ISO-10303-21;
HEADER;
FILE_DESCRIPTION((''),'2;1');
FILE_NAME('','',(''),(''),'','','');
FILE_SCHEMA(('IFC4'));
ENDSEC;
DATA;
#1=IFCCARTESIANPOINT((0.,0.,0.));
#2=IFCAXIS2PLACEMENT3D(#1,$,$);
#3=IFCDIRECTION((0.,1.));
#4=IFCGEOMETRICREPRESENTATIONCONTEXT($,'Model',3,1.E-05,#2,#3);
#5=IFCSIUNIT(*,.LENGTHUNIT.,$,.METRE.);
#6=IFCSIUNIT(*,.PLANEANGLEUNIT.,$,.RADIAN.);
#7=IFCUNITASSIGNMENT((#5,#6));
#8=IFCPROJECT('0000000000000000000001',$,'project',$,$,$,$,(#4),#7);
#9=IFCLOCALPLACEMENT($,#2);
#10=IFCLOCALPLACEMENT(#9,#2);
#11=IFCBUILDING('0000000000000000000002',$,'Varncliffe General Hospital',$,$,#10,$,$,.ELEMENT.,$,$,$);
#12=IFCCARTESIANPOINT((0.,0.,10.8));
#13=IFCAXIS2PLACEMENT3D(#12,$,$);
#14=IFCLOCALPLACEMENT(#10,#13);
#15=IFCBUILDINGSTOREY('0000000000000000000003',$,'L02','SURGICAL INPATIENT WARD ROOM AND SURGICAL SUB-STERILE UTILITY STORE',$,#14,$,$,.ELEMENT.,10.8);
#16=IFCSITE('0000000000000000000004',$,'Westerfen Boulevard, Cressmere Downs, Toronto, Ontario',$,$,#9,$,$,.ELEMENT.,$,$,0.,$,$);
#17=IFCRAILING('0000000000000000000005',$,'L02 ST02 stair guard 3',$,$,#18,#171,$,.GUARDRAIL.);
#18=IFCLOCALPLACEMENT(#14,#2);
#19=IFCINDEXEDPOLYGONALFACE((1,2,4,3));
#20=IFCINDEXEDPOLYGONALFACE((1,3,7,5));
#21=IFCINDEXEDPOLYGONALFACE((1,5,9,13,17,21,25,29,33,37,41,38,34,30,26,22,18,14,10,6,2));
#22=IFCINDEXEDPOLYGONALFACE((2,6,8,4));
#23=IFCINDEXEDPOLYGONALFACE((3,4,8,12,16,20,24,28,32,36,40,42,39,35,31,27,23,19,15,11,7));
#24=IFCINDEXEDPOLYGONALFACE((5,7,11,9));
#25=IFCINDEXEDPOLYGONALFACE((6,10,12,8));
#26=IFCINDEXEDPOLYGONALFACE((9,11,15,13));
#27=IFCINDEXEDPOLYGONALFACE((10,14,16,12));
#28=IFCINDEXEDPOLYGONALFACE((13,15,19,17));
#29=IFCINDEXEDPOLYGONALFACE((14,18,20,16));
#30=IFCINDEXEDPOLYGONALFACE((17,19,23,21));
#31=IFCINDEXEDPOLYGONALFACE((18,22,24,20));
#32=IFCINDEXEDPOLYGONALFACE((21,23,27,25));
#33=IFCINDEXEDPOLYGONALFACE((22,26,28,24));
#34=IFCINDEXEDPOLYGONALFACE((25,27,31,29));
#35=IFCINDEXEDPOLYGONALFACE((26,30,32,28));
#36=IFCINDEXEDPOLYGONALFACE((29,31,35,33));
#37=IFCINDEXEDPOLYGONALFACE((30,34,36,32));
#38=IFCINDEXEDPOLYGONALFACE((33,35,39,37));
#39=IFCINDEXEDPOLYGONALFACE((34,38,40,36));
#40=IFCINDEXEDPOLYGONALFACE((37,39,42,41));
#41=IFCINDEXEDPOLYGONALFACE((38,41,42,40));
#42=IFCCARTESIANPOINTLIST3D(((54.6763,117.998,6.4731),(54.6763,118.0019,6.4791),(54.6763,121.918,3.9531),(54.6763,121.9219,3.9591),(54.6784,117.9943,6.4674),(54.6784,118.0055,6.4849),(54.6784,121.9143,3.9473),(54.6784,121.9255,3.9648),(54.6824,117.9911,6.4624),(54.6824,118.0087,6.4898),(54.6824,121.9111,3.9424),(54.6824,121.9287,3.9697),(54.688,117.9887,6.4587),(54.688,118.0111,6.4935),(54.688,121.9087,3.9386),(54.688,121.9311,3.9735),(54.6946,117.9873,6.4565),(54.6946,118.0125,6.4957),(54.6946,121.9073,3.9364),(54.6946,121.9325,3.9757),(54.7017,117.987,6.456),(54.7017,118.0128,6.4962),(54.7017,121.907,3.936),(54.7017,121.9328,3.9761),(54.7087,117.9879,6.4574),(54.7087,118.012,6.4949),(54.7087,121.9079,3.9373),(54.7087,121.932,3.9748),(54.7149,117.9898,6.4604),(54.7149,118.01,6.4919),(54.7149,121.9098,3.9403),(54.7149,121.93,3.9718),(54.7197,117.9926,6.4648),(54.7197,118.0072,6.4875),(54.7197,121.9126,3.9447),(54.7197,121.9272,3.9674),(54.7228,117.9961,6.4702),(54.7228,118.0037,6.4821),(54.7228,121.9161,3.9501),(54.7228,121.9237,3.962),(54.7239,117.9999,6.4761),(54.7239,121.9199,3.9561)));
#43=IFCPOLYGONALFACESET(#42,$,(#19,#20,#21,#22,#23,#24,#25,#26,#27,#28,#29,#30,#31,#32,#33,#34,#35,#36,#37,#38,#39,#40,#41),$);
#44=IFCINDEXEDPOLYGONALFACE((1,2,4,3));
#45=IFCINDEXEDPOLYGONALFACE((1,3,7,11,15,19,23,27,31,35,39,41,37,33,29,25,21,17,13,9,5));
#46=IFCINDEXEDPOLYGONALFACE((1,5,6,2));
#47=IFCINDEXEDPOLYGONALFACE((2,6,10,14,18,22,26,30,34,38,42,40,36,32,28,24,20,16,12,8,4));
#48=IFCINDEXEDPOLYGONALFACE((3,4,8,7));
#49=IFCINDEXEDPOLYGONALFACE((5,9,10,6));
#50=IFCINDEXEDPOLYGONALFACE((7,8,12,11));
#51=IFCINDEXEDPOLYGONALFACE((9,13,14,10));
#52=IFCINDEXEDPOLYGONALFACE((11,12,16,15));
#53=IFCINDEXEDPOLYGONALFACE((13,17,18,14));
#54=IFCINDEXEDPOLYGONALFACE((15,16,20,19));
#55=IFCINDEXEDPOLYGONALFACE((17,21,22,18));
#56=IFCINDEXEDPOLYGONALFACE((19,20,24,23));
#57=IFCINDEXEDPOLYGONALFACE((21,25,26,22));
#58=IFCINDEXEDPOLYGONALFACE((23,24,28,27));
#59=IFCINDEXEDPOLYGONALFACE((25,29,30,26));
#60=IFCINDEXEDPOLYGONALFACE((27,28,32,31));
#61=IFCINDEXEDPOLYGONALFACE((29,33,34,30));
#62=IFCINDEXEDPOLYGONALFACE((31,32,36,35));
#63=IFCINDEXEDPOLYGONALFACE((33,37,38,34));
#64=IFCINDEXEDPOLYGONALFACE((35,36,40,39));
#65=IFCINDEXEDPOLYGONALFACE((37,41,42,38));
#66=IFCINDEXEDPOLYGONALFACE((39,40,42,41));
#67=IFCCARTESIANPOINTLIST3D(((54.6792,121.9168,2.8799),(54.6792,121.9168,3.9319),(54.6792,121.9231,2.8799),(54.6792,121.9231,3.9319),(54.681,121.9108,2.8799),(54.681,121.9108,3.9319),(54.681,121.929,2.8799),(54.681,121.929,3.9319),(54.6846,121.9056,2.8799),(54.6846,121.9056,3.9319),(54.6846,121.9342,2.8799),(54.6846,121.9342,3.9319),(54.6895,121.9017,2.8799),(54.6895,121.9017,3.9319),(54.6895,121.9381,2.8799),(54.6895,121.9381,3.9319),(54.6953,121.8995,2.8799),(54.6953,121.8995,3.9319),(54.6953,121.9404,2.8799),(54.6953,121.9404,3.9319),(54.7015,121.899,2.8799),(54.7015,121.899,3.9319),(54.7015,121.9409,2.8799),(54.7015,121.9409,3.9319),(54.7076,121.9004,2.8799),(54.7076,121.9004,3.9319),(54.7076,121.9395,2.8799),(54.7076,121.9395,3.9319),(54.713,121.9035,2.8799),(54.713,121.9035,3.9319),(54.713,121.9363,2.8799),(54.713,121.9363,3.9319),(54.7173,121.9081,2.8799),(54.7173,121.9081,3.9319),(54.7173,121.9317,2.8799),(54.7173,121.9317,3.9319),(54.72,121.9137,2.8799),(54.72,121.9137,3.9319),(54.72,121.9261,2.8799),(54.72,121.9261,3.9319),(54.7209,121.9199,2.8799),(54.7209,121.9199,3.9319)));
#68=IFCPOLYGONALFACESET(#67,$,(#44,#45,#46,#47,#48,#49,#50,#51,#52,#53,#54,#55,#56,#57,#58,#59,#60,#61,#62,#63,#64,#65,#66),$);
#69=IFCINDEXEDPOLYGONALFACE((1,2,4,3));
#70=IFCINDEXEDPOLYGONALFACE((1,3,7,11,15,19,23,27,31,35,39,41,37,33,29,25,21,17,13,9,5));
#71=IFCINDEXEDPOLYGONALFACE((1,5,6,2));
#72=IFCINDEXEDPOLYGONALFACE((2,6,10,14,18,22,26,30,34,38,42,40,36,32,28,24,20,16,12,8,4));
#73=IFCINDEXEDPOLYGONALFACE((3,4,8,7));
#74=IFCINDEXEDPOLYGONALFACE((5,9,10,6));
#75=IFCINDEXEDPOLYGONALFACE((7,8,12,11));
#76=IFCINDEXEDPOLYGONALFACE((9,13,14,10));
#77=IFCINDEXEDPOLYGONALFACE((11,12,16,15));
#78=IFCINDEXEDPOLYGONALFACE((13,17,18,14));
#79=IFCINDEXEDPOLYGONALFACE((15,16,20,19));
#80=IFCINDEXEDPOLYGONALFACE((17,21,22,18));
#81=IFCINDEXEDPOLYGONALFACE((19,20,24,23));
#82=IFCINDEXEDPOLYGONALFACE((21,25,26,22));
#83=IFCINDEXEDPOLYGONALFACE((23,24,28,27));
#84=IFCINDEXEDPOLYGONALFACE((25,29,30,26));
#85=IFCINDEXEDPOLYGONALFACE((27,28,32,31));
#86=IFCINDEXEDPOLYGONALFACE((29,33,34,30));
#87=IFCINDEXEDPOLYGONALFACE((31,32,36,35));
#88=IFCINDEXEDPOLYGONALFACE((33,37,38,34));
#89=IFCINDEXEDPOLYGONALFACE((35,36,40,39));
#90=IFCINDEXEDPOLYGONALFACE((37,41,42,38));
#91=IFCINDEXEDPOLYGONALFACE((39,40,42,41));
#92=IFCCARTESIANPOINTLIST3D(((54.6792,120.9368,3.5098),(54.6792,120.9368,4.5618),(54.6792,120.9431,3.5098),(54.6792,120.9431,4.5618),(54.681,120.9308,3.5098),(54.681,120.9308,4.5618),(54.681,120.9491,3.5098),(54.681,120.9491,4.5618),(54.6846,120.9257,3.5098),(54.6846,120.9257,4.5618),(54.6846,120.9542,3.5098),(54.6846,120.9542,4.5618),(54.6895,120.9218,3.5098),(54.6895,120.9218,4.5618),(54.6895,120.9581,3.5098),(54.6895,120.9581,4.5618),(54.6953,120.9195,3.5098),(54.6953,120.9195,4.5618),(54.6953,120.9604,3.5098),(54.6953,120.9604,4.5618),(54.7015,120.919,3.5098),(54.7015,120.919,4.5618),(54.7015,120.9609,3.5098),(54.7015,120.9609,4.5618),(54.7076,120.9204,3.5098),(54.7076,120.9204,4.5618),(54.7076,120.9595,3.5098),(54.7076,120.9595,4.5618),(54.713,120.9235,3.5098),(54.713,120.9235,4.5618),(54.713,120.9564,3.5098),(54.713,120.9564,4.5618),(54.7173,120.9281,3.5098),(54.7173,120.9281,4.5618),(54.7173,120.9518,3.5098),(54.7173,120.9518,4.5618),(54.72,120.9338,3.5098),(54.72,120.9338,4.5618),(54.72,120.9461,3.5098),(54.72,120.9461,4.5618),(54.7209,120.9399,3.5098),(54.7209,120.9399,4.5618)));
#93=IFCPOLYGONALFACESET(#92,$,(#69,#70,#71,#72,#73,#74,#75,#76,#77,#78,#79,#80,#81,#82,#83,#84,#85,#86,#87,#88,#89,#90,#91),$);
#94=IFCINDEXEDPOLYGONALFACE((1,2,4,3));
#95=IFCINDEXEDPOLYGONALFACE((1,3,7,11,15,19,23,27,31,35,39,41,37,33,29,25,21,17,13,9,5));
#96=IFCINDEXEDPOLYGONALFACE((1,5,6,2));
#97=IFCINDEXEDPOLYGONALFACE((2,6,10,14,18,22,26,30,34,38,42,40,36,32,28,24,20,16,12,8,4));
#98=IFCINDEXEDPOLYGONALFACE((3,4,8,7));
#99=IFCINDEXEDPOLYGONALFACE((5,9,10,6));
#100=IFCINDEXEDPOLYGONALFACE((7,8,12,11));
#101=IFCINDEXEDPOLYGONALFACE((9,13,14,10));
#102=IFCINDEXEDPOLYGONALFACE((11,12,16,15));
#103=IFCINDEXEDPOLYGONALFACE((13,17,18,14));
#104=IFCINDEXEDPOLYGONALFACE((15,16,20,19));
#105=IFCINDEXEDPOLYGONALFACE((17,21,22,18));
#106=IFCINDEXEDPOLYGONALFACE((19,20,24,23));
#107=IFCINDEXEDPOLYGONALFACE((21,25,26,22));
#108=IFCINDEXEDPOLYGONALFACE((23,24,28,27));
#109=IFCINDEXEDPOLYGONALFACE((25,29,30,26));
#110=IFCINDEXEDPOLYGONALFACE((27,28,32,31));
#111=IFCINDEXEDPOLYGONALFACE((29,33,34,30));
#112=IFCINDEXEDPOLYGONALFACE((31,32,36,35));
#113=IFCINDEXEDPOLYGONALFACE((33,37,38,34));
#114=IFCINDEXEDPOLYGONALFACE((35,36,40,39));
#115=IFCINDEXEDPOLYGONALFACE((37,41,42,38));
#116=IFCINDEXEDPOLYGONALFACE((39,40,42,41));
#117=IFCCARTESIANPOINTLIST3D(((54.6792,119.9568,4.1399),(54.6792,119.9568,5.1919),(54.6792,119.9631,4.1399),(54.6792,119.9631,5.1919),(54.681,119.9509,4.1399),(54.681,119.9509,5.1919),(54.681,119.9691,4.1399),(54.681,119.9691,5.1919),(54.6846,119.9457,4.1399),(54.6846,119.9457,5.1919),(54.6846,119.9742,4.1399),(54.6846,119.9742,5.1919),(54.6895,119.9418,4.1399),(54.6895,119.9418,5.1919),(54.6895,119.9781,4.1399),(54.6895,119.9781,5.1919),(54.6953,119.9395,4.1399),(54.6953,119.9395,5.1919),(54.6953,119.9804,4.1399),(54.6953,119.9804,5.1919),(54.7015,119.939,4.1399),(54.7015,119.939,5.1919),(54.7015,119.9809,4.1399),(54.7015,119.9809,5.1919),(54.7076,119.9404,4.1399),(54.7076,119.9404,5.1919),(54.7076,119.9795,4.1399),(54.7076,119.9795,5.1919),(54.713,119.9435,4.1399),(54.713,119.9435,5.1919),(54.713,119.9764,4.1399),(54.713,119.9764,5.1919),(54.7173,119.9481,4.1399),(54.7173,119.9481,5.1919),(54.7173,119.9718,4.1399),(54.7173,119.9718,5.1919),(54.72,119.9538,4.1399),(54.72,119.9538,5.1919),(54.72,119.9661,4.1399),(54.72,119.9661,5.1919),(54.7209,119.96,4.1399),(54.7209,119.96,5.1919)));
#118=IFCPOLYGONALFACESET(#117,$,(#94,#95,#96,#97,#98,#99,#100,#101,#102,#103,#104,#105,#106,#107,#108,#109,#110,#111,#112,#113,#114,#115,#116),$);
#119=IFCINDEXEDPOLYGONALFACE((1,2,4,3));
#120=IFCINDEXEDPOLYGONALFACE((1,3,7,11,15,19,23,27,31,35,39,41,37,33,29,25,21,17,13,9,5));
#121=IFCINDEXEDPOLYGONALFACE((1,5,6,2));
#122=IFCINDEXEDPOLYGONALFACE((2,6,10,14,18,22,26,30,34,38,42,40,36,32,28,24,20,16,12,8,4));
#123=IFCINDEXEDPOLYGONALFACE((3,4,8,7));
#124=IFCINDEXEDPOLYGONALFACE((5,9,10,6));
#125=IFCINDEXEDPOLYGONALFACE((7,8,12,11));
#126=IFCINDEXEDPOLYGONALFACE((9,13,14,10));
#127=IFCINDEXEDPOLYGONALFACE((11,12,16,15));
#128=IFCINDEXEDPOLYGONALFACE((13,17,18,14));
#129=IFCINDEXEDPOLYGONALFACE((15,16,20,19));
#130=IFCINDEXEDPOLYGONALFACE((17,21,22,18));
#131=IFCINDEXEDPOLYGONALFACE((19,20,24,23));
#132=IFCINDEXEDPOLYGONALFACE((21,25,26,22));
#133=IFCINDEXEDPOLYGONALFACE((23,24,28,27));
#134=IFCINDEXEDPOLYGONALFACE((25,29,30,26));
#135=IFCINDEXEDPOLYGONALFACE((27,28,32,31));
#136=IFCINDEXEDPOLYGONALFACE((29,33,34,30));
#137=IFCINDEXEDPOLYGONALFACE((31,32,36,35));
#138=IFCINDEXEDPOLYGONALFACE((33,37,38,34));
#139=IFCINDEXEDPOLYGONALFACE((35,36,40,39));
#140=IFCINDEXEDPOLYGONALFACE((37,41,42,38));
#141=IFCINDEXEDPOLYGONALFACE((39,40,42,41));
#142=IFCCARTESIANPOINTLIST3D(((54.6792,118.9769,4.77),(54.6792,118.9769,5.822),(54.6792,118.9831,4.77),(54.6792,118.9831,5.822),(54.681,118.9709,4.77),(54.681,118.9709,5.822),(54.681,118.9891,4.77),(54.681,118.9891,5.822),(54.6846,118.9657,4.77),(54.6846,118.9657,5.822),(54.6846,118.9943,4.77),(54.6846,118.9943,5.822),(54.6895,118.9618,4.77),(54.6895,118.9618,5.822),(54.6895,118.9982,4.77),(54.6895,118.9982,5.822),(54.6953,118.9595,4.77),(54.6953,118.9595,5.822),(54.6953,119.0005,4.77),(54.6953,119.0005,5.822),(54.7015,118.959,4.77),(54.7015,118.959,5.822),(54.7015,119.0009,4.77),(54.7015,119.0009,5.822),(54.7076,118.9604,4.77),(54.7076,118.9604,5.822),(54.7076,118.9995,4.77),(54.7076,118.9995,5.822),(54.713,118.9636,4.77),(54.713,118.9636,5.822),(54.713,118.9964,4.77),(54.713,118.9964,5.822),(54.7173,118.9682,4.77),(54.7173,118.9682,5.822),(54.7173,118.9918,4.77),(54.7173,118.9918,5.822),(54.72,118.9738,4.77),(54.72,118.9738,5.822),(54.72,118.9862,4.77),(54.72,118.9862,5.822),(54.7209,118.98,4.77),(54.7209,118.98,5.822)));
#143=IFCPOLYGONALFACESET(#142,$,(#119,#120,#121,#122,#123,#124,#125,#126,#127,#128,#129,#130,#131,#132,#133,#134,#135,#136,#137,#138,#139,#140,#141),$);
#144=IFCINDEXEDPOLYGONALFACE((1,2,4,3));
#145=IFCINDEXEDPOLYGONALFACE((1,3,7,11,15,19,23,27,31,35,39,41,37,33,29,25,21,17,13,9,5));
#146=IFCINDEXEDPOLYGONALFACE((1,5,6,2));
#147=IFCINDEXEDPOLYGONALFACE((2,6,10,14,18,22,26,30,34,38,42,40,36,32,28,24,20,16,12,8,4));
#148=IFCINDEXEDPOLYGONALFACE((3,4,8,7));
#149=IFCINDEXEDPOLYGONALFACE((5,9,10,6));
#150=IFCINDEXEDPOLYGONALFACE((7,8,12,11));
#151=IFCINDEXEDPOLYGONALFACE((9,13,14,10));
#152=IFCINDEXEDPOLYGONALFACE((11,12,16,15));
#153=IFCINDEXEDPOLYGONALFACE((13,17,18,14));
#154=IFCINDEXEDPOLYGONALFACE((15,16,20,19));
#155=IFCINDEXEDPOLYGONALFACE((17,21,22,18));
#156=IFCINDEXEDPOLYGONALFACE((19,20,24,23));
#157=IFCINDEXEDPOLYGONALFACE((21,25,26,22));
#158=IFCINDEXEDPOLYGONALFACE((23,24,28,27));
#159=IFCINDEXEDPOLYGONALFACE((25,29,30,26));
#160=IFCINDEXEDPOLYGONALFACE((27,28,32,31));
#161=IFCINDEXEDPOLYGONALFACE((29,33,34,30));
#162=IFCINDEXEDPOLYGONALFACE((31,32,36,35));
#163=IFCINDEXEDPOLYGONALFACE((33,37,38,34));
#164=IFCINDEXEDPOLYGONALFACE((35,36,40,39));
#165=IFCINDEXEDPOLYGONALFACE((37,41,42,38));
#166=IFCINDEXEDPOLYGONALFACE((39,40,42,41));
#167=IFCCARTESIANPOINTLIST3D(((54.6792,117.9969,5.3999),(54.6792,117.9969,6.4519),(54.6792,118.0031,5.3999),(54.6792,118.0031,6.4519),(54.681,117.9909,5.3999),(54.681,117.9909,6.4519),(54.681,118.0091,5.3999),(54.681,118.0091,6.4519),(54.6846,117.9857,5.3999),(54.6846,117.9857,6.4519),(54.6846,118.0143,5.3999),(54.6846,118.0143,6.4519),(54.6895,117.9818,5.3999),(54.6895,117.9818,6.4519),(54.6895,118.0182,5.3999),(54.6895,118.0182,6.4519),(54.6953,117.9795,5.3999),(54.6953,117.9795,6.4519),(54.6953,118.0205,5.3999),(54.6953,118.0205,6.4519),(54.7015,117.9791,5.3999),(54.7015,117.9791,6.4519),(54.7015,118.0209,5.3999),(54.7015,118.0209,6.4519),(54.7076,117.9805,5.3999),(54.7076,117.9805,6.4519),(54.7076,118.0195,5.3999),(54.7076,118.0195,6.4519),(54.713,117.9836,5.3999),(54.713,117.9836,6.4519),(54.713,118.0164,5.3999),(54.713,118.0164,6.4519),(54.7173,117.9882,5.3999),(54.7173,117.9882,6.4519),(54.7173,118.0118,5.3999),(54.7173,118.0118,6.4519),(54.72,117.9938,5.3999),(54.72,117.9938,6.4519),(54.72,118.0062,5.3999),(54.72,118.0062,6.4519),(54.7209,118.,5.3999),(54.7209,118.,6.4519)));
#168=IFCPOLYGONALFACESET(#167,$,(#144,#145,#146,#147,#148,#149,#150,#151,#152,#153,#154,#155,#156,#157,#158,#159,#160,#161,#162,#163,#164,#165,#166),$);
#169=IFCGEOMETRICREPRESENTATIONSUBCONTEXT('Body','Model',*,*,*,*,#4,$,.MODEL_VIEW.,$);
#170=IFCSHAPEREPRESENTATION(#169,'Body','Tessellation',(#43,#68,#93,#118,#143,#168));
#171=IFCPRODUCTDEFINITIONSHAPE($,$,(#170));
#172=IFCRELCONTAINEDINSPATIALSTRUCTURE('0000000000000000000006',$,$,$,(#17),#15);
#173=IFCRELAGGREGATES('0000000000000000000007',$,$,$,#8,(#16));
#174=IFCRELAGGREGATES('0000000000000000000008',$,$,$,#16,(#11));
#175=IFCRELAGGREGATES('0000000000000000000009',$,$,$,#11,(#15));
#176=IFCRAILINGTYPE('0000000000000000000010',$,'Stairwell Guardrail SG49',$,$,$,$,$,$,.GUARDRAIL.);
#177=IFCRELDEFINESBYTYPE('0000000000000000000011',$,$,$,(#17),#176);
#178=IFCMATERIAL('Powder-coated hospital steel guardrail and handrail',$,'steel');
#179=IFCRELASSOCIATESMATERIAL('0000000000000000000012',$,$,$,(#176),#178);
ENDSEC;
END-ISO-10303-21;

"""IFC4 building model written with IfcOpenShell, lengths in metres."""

from ifc_helpers import new_model, si_unit, direction, frame, origin, origin_2d, place, context, subcontext, project, spatial, circle, extrude, material, type_object, element, save


model = new_model("IFC4")

# Units and contexts
model_context = context("Model", 3, precision=1e-05, world=origin(), true_north=direction((0.0, 1.0)))
body_context = subcontext(model_context, "Body", "Model", "MODEL_VIEW")
ifc_project = project(units=[si_unit("LENGTHUNIT", "METRE"), si_unit("PLANEANGLEUNIT", "RADIAN")], contexts=[model_context])

# Site, building, storey
site_placement = place(None, origin())
site = spatial("IfcSite", under=ifc_project, at=site_placement, Name="Westerfen Boulevard, Cressmere Downs, Toronto, Ontario", CompositionType="ELEMENT", RefElevation=0.0)
building_placement = place(site_placement, origin())
building = spatial("IfcBuilding", under=site, at=building_placement, Name="Varncliffe General Hospital", CompositionType="ELEMENT")
storey_placement = place(building_placement, frame((0.0, 0.0, 10.8)))
storey = spatial("IfcBuildingStorey", under=building, at=storey_placement, Name="L02", Description="SURGICAL INPATIENT WARD ROOM AND SURGICAL SUB-STERILE UTILITY STORE", CompositionType="ELEMENT", Elevation=10.8)

# Railing
ifc_material_1 = material(Name="Powder-coated hospital steel guardrail and handrail", Category="steel")
railing_type_1 = type_object("IfcRailingType", Name="Stairwell Guardrail SG49", PredefinedType="GUARDRAIL", material=ifc_material_1)
railing_1_placement = place(storey_placement, frame((54.7, 121.9199, 2.8799)))
element("IfcRailing", 1, at=railing_1_placement, inside=storey, type_object=railing_type_1, Name="L02 ST02 stair guard 3", PredefinedType="GUARDRAIL", context=body_context, shape_type="SweptSolid", body=[
    extrude(circle(Radius=0.0239, at=origin_2d()), frame((0.0, 0.0, 1.0762), z_axis=(0.0, -0.841172, 0.540768), x_axis=(1.0, 0.0, 0.0)), (0.0, 0.0, 1.0), 4.6602),
    extrude(circle(Radius=0.021, at=origin_2d()), origin(), (0.0, 0.0, 1.0), 1.052),
    extrude(circle(Radius=0.021, at=origin_2d()), frame((0.0, -0.98, 0.6299)), (0.0, 0.0, 1.0), 1.052),
    extrude(circle(Radius=0.021, at=origin_2d()), frame((0.0, -1.96, 1.26)), (0.0, 0.0, 1.0), 1.052),
    extrude(circle(Radius=0.021, at=origin_2d()), frame((0.0, -2.9399, 1.8901)), (0.0, 0.0, 1.0), 1.052),
    extrude(circle(Radius=0.021, at=origin_2d()), frame((0.0, -3.9199, 2.52)), (0.0, 0.0, 1.0), 1.052),
])

save(model, "model.ifc")
